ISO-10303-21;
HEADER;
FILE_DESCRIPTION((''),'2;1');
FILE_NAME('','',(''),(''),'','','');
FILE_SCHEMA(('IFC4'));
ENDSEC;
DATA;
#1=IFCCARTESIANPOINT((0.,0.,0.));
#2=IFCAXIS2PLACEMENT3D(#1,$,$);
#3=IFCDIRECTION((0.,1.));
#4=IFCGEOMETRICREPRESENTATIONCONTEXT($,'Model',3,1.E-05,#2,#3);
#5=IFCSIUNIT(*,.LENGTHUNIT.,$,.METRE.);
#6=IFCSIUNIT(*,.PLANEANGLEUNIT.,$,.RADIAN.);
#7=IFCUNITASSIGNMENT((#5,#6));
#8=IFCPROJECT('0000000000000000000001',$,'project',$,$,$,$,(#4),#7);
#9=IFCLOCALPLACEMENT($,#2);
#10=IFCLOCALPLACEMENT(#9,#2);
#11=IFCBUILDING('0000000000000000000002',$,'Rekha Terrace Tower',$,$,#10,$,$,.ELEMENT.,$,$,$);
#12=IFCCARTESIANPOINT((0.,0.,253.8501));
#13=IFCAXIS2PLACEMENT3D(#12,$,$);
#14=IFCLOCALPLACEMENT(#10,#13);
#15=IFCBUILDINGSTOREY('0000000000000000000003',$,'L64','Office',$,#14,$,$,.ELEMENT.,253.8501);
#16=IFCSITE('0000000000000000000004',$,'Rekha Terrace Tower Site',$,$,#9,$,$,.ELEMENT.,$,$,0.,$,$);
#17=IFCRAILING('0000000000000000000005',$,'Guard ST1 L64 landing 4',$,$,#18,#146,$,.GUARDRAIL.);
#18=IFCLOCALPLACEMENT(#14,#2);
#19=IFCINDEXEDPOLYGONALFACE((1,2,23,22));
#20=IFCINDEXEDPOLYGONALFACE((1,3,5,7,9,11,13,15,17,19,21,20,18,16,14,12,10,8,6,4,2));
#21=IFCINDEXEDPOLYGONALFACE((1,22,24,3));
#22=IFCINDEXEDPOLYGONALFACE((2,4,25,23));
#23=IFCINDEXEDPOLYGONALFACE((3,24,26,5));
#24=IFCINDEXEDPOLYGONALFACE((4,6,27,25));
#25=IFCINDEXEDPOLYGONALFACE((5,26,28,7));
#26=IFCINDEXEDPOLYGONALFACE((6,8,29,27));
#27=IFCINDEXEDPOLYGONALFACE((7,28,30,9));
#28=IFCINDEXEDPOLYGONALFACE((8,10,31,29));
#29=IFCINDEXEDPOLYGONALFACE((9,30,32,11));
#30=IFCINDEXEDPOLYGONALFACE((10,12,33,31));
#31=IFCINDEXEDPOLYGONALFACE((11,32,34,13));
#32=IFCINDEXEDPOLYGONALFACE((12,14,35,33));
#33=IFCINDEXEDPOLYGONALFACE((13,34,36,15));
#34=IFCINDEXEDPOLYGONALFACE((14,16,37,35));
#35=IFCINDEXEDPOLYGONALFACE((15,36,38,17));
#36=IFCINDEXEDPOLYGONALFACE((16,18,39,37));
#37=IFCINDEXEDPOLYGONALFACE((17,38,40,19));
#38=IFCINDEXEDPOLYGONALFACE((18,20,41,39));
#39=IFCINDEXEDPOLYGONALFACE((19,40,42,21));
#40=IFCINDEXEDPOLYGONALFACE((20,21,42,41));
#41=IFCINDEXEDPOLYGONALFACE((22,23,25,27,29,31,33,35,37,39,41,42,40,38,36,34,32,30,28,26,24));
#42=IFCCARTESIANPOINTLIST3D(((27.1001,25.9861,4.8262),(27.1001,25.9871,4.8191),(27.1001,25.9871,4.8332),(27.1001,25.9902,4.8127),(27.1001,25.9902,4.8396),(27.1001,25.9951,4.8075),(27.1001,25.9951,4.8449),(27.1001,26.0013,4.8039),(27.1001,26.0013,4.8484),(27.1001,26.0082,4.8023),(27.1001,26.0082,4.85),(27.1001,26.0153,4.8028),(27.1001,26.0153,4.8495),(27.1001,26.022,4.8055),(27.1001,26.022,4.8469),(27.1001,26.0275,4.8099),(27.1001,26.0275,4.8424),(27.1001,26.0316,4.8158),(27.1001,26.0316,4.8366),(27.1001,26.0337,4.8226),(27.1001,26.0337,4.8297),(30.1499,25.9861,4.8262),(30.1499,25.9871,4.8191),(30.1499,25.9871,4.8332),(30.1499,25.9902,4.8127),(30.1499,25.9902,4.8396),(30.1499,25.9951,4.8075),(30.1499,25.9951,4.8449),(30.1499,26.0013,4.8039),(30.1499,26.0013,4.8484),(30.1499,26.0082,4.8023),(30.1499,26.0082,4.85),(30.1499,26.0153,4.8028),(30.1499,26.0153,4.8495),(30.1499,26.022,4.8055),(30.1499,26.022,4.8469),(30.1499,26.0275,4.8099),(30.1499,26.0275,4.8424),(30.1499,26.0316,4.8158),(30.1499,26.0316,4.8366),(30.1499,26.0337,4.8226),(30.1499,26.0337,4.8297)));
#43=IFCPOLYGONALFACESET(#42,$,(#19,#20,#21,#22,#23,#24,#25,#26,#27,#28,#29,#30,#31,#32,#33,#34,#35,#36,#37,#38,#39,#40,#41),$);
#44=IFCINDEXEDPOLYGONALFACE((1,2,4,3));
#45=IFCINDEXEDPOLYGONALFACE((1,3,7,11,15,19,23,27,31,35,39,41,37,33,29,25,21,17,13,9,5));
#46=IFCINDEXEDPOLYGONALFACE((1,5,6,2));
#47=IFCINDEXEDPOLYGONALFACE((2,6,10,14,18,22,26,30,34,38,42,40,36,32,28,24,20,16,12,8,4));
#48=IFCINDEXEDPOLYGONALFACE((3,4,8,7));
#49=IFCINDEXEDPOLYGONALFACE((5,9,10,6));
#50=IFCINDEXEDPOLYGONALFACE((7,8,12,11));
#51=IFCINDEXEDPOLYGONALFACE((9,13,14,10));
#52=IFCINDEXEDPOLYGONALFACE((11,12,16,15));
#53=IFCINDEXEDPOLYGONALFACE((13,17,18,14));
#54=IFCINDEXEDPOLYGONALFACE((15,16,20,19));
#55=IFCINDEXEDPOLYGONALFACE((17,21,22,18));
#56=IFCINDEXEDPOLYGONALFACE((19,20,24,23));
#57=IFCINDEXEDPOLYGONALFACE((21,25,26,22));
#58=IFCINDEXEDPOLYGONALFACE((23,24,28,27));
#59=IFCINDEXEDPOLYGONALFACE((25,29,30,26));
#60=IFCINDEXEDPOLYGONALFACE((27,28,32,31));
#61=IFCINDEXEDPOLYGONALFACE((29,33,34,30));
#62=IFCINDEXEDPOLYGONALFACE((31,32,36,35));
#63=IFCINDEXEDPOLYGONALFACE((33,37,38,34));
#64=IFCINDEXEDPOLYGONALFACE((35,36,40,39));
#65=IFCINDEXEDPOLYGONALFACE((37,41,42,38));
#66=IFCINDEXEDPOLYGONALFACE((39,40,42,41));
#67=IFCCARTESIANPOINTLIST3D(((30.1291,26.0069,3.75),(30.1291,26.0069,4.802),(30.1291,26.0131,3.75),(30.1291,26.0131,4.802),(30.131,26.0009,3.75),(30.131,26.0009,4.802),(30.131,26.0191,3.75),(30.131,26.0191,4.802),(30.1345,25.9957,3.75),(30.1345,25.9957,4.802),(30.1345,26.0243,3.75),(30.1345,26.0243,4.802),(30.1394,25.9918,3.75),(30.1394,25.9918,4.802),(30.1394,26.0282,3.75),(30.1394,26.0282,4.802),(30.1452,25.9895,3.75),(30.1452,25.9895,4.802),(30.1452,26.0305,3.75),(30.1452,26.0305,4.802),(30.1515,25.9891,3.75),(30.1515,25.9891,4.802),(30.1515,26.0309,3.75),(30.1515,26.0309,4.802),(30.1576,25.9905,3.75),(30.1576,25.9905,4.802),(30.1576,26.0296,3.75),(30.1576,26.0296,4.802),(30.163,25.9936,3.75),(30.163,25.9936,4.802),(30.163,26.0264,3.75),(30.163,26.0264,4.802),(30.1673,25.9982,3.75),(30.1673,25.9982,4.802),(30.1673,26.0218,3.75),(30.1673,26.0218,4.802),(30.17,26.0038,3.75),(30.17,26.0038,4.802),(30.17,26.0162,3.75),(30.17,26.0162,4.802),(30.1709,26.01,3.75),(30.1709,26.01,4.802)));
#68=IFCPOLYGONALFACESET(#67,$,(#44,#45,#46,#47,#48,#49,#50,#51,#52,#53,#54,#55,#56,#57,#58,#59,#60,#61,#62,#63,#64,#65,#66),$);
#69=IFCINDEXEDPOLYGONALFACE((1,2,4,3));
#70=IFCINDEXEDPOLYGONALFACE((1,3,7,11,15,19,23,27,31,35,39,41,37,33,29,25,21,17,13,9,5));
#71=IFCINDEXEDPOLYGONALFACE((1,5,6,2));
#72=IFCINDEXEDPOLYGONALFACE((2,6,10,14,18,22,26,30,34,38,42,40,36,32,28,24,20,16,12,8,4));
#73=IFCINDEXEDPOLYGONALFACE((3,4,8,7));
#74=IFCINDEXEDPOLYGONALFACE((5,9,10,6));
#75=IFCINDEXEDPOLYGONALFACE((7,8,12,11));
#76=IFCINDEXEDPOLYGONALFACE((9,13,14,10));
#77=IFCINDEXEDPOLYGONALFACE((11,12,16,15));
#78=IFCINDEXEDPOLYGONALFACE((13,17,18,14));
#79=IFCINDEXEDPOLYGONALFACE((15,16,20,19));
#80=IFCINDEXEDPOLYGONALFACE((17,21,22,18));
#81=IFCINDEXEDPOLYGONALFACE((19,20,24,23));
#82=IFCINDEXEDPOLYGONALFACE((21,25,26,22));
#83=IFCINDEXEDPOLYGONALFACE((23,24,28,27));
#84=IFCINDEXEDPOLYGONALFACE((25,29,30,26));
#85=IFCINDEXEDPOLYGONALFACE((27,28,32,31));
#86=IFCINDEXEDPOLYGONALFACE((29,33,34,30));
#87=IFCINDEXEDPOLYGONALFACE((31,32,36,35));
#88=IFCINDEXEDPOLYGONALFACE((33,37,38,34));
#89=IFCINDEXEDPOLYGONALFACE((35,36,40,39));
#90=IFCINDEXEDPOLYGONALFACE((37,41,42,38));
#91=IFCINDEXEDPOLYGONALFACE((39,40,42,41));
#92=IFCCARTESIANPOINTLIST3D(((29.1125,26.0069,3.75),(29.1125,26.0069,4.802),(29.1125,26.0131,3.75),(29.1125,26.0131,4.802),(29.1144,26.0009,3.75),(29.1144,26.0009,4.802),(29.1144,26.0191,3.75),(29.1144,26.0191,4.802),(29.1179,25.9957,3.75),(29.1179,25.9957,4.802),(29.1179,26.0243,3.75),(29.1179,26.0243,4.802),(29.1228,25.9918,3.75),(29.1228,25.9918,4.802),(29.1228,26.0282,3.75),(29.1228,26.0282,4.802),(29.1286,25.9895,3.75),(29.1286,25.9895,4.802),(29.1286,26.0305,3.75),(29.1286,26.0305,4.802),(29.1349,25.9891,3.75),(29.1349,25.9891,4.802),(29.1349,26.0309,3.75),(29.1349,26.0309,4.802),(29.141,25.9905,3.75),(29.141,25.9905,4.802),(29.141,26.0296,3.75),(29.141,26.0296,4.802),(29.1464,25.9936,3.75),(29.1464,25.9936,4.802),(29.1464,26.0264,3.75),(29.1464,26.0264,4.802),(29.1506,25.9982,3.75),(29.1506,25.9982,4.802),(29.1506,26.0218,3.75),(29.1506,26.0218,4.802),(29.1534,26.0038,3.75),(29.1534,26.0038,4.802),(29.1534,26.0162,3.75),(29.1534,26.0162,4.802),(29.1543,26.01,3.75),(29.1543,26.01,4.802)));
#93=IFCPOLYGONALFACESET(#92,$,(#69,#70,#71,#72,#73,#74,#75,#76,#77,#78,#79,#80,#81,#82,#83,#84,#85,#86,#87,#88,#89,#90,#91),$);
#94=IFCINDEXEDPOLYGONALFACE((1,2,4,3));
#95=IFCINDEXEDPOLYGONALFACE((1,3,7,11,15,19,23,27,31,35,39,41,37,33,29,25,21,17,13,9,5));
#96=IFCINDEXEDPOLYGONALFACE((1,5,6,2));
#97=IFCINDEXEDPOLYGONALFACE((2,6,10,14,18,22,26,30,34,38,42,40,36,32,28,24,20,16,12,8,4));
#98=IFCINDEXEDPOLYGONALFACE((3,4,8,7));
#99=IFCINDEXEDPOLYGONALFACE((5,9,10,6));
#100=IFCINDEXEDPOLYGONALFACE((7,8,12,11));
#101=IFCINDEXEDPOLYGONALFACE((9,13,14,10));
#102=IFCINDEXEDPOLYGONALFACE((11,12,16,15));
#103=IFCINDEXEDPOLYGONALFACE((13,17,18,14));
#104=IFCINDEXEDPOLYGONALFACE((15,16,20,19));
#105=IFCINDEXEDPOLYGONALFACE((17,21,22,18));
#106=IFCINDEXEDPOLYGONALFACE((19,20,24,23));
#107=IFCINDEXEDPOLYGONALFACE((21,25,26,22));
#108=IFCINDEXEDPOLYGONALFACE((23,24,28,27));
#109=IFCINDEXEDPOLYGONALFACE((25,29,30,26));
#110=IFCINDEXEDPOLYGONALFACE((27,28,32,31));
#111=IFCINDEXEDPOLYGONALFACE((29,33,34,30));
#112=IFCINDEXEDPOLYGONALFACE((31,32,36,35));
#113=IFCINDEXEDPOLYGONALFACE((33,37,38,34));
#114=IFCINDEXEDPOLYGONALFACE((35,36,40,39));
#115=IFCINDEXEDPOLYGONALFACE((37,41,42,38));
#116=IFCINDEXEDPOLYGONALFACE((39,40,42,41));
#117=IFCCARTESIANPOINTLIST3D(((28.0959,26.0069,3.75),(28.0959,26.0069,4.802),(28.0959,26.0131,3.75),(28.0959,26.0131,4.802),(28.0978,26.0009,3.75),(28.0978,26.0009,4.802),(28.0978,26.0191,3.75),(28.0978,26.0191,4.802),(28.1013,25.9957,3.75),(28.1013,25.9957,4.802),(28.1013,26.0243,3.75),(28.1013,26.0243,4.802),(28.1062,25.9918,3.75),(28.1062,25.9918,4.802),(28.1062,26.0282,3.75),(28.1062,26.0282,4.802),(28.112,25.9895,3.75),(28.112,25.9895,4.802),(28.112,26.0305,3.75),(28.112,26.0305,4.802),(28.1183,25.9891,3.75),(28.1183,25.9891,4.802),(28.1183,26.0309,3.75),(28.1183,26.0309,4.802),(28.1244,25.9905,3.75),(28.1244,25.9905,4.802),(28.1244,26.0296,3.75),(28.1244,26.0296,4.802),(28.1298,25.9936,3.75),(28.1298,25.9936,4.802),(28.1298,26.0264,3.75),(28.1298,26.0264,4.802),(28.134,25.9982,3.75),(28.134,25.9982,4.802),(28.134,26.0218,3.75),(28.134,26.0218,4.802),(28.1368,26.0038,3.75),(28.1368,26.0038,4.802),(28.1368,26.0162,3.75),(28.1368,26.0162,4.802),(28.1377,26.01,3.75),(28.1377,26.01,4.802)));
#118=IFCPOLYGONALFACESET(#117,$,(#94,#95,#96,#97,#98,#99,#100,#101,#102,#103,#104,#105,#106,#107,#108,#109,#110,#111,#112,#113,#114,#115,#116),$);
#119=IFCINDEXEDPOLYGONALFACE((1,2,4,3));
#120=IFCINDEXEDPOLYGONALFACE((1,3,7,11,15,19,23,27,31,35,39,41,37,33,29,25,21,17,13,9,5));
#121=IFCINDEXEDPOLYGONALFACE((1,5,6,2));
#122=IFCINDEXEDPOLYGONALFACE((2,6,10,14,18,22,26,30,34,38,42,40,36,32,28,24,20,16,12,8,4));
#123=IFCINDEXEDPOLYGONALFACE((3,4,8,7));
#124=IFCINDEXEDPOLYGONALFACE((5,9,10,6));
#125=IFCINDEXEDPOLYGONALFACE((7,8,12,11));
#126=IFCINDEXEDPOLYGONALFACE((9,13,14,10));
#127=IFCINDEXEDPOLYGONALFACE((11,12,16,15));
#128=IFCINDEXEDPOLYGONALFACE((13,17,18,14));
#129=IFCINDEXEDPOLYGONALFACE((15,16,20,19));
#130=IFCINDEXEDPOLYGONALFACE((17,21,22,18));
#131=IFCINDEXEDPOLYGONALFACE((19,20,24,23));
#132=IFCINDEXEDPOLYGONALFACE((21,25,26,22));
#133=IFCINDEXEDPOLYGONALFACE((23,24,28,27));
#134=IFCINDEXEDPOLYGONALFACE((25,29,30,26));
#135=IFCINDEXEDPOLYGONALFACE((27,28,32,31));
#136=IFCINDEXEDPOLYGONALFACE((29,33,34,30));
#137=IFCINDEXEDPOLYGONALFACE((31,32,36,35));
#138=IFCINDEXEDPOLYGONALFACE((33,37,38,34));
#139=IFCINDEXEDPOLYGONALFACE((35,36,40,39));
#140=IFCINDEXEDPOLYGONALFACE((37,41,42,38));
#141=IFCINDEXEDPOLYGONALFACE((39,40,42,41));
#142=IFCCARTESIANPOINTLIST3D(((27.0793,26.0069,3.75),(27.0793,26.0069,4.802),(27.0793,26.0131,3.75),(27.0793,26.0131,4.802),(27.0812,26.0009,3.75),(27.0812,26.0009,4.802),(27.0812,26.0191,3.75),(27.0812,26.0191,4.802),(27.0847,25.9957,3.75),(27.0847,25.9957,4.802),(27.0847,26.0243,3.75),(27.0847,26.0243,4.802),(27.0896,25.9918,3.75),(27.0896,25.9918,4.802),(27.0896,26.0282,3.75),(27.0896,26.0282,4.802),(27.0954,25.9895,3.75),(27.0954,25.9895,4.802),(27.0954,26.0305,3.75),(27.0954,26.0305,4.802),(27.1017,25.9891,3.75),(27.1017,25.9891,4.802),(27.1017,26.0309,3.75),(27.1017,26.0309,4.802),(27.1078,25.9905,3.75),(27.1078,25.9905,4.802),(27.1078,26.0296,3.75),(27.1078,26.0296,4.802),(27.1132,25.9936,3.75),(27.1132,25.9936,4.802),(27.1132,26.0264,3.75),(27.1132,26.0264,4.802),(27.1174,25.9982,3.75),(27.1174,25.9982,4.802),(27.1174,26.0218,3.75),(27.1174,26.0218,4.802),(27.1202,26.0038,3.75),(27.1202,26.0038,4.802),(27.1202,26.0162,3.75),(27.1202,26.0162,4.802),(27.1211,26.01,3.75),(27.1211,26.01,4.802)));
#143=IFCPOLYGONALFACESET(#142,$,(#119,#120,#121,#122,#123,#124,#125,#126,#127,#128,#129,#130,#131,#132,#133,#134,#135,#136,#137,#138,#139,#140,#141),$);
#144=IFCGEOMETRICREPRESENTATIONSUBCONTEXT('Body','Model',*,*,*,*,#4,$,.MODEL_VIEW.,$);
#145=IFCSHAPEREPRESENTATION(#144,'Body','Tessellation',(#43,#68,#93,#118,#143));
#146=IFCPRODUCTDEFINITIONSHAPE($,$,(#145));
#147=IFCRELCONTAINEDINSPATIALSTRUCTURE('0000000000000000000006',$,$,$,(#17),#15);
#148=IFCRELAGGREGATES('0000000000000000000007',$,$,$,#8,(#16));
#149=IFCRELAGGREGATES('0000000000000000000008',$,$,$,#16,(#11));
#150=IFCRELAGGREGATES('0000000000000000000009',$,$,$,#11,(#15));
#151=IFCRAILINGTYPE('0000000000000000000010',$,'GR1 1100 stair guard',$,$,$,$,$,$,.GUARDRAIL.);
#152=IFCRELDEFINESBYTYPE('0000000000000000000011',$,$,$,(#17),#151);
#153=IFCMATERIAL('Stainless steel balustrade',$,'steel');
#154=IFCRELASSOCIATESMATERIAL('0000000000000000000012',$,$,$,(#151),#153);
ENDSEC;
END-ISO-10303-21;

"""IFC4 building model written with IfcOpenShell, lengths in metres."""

from ifc_helpers import new_model, si_unit, direction, frame, origin, origin_2d, place, context, subcontext, project, spatial, circle, extrude, material, type_object, element, save


model = new_model("IFC4")

# Units and contexts
model_context = context("Model", 3, precision=1e-05, world=origin(), true_north=direction((0.0, 1.0)))
body_context = subcontext(model_context, "Body", "Model", "MODEL_VIEW")
ifc_project = project(units=[si_unit("LENGTHUNIT", "METRE"), si_unit("PLANEANGLEUNIT", "RADIAN")], contexts=[model_context])

# Site, building, storey
site_placement = place(None, origin())
site = spatial("IfcSite", under=ifc_project, at=site_placement, Name="Rekha Terrace Tower Site", CompositionType="ELEMENT", RefElevation=0.0)
building_placement = place(site_placement, origin())
building = spatial("IfcBuilding", under=site, at=building_placement, Name="Rekha Terrace Tower", CompositionType="ELEMENT")
storey_placement = place(building_placement, frame((0.0, 0.0, 253.8501)))
storey = spatial("IfcBuildingStorey", under=building, at=storey_placement, Name="L64", Description="Office", CompositionType="ELEMENT", Elevation=253.8501)

# Railing
ifc_material_1 = material(Name="Stainless steel balustrade", Category="steel")
railing_type_1 = type_object("IfcRailingType", Name="GR1 1100 stair guard", PredefinedType="GUARDRAIL", material=ifc_material_1)
railing_1_placement = place(storey_placement, frame((30.1499, 26.01, 3.75)))
element("IfcRailing", 1, at=railing_1_placement, inside=storey, type_object=railing_type_1, Name="Guard ST1 L64 landing 4", PredefinedType="GUARDRAIL", context=body_context, shape_type="SweptSolid", body=[
    extrude(circle(Radius=0.0239, at=origin_2d()), frame((0.0, 0.0, 1.0762), z_axis=(-1.0, 0.0, 0.0), x_axis=(0.0, -1.0, 0.0)), (0.0, 0.0, 1.0), 3.0498),
    extrude(circle(Radius=0.021, at=origin_2d()), origin(), (0.0, 0.0, 1.0), 1.052),
    extrude(circle(Radius=0.021, at=origin_2d()), frame((-1.0166, 0.0, 0.0)), (0.0, 0.0, 1.0), 1.052),
    extrude(circle(Radius=0.021, at=origin_2d()), frame((-2.0332, 0.0, 0.0)), (0.0, 0.0, 1.0), 1.052),
    extrude(circle(Radius=0.021, at=origin_2d()), frame((-3.0498, 0.0, 0.0)), (0.0, 0.0, 1.0), 1.052),
])

save(model, "model.ifc")
